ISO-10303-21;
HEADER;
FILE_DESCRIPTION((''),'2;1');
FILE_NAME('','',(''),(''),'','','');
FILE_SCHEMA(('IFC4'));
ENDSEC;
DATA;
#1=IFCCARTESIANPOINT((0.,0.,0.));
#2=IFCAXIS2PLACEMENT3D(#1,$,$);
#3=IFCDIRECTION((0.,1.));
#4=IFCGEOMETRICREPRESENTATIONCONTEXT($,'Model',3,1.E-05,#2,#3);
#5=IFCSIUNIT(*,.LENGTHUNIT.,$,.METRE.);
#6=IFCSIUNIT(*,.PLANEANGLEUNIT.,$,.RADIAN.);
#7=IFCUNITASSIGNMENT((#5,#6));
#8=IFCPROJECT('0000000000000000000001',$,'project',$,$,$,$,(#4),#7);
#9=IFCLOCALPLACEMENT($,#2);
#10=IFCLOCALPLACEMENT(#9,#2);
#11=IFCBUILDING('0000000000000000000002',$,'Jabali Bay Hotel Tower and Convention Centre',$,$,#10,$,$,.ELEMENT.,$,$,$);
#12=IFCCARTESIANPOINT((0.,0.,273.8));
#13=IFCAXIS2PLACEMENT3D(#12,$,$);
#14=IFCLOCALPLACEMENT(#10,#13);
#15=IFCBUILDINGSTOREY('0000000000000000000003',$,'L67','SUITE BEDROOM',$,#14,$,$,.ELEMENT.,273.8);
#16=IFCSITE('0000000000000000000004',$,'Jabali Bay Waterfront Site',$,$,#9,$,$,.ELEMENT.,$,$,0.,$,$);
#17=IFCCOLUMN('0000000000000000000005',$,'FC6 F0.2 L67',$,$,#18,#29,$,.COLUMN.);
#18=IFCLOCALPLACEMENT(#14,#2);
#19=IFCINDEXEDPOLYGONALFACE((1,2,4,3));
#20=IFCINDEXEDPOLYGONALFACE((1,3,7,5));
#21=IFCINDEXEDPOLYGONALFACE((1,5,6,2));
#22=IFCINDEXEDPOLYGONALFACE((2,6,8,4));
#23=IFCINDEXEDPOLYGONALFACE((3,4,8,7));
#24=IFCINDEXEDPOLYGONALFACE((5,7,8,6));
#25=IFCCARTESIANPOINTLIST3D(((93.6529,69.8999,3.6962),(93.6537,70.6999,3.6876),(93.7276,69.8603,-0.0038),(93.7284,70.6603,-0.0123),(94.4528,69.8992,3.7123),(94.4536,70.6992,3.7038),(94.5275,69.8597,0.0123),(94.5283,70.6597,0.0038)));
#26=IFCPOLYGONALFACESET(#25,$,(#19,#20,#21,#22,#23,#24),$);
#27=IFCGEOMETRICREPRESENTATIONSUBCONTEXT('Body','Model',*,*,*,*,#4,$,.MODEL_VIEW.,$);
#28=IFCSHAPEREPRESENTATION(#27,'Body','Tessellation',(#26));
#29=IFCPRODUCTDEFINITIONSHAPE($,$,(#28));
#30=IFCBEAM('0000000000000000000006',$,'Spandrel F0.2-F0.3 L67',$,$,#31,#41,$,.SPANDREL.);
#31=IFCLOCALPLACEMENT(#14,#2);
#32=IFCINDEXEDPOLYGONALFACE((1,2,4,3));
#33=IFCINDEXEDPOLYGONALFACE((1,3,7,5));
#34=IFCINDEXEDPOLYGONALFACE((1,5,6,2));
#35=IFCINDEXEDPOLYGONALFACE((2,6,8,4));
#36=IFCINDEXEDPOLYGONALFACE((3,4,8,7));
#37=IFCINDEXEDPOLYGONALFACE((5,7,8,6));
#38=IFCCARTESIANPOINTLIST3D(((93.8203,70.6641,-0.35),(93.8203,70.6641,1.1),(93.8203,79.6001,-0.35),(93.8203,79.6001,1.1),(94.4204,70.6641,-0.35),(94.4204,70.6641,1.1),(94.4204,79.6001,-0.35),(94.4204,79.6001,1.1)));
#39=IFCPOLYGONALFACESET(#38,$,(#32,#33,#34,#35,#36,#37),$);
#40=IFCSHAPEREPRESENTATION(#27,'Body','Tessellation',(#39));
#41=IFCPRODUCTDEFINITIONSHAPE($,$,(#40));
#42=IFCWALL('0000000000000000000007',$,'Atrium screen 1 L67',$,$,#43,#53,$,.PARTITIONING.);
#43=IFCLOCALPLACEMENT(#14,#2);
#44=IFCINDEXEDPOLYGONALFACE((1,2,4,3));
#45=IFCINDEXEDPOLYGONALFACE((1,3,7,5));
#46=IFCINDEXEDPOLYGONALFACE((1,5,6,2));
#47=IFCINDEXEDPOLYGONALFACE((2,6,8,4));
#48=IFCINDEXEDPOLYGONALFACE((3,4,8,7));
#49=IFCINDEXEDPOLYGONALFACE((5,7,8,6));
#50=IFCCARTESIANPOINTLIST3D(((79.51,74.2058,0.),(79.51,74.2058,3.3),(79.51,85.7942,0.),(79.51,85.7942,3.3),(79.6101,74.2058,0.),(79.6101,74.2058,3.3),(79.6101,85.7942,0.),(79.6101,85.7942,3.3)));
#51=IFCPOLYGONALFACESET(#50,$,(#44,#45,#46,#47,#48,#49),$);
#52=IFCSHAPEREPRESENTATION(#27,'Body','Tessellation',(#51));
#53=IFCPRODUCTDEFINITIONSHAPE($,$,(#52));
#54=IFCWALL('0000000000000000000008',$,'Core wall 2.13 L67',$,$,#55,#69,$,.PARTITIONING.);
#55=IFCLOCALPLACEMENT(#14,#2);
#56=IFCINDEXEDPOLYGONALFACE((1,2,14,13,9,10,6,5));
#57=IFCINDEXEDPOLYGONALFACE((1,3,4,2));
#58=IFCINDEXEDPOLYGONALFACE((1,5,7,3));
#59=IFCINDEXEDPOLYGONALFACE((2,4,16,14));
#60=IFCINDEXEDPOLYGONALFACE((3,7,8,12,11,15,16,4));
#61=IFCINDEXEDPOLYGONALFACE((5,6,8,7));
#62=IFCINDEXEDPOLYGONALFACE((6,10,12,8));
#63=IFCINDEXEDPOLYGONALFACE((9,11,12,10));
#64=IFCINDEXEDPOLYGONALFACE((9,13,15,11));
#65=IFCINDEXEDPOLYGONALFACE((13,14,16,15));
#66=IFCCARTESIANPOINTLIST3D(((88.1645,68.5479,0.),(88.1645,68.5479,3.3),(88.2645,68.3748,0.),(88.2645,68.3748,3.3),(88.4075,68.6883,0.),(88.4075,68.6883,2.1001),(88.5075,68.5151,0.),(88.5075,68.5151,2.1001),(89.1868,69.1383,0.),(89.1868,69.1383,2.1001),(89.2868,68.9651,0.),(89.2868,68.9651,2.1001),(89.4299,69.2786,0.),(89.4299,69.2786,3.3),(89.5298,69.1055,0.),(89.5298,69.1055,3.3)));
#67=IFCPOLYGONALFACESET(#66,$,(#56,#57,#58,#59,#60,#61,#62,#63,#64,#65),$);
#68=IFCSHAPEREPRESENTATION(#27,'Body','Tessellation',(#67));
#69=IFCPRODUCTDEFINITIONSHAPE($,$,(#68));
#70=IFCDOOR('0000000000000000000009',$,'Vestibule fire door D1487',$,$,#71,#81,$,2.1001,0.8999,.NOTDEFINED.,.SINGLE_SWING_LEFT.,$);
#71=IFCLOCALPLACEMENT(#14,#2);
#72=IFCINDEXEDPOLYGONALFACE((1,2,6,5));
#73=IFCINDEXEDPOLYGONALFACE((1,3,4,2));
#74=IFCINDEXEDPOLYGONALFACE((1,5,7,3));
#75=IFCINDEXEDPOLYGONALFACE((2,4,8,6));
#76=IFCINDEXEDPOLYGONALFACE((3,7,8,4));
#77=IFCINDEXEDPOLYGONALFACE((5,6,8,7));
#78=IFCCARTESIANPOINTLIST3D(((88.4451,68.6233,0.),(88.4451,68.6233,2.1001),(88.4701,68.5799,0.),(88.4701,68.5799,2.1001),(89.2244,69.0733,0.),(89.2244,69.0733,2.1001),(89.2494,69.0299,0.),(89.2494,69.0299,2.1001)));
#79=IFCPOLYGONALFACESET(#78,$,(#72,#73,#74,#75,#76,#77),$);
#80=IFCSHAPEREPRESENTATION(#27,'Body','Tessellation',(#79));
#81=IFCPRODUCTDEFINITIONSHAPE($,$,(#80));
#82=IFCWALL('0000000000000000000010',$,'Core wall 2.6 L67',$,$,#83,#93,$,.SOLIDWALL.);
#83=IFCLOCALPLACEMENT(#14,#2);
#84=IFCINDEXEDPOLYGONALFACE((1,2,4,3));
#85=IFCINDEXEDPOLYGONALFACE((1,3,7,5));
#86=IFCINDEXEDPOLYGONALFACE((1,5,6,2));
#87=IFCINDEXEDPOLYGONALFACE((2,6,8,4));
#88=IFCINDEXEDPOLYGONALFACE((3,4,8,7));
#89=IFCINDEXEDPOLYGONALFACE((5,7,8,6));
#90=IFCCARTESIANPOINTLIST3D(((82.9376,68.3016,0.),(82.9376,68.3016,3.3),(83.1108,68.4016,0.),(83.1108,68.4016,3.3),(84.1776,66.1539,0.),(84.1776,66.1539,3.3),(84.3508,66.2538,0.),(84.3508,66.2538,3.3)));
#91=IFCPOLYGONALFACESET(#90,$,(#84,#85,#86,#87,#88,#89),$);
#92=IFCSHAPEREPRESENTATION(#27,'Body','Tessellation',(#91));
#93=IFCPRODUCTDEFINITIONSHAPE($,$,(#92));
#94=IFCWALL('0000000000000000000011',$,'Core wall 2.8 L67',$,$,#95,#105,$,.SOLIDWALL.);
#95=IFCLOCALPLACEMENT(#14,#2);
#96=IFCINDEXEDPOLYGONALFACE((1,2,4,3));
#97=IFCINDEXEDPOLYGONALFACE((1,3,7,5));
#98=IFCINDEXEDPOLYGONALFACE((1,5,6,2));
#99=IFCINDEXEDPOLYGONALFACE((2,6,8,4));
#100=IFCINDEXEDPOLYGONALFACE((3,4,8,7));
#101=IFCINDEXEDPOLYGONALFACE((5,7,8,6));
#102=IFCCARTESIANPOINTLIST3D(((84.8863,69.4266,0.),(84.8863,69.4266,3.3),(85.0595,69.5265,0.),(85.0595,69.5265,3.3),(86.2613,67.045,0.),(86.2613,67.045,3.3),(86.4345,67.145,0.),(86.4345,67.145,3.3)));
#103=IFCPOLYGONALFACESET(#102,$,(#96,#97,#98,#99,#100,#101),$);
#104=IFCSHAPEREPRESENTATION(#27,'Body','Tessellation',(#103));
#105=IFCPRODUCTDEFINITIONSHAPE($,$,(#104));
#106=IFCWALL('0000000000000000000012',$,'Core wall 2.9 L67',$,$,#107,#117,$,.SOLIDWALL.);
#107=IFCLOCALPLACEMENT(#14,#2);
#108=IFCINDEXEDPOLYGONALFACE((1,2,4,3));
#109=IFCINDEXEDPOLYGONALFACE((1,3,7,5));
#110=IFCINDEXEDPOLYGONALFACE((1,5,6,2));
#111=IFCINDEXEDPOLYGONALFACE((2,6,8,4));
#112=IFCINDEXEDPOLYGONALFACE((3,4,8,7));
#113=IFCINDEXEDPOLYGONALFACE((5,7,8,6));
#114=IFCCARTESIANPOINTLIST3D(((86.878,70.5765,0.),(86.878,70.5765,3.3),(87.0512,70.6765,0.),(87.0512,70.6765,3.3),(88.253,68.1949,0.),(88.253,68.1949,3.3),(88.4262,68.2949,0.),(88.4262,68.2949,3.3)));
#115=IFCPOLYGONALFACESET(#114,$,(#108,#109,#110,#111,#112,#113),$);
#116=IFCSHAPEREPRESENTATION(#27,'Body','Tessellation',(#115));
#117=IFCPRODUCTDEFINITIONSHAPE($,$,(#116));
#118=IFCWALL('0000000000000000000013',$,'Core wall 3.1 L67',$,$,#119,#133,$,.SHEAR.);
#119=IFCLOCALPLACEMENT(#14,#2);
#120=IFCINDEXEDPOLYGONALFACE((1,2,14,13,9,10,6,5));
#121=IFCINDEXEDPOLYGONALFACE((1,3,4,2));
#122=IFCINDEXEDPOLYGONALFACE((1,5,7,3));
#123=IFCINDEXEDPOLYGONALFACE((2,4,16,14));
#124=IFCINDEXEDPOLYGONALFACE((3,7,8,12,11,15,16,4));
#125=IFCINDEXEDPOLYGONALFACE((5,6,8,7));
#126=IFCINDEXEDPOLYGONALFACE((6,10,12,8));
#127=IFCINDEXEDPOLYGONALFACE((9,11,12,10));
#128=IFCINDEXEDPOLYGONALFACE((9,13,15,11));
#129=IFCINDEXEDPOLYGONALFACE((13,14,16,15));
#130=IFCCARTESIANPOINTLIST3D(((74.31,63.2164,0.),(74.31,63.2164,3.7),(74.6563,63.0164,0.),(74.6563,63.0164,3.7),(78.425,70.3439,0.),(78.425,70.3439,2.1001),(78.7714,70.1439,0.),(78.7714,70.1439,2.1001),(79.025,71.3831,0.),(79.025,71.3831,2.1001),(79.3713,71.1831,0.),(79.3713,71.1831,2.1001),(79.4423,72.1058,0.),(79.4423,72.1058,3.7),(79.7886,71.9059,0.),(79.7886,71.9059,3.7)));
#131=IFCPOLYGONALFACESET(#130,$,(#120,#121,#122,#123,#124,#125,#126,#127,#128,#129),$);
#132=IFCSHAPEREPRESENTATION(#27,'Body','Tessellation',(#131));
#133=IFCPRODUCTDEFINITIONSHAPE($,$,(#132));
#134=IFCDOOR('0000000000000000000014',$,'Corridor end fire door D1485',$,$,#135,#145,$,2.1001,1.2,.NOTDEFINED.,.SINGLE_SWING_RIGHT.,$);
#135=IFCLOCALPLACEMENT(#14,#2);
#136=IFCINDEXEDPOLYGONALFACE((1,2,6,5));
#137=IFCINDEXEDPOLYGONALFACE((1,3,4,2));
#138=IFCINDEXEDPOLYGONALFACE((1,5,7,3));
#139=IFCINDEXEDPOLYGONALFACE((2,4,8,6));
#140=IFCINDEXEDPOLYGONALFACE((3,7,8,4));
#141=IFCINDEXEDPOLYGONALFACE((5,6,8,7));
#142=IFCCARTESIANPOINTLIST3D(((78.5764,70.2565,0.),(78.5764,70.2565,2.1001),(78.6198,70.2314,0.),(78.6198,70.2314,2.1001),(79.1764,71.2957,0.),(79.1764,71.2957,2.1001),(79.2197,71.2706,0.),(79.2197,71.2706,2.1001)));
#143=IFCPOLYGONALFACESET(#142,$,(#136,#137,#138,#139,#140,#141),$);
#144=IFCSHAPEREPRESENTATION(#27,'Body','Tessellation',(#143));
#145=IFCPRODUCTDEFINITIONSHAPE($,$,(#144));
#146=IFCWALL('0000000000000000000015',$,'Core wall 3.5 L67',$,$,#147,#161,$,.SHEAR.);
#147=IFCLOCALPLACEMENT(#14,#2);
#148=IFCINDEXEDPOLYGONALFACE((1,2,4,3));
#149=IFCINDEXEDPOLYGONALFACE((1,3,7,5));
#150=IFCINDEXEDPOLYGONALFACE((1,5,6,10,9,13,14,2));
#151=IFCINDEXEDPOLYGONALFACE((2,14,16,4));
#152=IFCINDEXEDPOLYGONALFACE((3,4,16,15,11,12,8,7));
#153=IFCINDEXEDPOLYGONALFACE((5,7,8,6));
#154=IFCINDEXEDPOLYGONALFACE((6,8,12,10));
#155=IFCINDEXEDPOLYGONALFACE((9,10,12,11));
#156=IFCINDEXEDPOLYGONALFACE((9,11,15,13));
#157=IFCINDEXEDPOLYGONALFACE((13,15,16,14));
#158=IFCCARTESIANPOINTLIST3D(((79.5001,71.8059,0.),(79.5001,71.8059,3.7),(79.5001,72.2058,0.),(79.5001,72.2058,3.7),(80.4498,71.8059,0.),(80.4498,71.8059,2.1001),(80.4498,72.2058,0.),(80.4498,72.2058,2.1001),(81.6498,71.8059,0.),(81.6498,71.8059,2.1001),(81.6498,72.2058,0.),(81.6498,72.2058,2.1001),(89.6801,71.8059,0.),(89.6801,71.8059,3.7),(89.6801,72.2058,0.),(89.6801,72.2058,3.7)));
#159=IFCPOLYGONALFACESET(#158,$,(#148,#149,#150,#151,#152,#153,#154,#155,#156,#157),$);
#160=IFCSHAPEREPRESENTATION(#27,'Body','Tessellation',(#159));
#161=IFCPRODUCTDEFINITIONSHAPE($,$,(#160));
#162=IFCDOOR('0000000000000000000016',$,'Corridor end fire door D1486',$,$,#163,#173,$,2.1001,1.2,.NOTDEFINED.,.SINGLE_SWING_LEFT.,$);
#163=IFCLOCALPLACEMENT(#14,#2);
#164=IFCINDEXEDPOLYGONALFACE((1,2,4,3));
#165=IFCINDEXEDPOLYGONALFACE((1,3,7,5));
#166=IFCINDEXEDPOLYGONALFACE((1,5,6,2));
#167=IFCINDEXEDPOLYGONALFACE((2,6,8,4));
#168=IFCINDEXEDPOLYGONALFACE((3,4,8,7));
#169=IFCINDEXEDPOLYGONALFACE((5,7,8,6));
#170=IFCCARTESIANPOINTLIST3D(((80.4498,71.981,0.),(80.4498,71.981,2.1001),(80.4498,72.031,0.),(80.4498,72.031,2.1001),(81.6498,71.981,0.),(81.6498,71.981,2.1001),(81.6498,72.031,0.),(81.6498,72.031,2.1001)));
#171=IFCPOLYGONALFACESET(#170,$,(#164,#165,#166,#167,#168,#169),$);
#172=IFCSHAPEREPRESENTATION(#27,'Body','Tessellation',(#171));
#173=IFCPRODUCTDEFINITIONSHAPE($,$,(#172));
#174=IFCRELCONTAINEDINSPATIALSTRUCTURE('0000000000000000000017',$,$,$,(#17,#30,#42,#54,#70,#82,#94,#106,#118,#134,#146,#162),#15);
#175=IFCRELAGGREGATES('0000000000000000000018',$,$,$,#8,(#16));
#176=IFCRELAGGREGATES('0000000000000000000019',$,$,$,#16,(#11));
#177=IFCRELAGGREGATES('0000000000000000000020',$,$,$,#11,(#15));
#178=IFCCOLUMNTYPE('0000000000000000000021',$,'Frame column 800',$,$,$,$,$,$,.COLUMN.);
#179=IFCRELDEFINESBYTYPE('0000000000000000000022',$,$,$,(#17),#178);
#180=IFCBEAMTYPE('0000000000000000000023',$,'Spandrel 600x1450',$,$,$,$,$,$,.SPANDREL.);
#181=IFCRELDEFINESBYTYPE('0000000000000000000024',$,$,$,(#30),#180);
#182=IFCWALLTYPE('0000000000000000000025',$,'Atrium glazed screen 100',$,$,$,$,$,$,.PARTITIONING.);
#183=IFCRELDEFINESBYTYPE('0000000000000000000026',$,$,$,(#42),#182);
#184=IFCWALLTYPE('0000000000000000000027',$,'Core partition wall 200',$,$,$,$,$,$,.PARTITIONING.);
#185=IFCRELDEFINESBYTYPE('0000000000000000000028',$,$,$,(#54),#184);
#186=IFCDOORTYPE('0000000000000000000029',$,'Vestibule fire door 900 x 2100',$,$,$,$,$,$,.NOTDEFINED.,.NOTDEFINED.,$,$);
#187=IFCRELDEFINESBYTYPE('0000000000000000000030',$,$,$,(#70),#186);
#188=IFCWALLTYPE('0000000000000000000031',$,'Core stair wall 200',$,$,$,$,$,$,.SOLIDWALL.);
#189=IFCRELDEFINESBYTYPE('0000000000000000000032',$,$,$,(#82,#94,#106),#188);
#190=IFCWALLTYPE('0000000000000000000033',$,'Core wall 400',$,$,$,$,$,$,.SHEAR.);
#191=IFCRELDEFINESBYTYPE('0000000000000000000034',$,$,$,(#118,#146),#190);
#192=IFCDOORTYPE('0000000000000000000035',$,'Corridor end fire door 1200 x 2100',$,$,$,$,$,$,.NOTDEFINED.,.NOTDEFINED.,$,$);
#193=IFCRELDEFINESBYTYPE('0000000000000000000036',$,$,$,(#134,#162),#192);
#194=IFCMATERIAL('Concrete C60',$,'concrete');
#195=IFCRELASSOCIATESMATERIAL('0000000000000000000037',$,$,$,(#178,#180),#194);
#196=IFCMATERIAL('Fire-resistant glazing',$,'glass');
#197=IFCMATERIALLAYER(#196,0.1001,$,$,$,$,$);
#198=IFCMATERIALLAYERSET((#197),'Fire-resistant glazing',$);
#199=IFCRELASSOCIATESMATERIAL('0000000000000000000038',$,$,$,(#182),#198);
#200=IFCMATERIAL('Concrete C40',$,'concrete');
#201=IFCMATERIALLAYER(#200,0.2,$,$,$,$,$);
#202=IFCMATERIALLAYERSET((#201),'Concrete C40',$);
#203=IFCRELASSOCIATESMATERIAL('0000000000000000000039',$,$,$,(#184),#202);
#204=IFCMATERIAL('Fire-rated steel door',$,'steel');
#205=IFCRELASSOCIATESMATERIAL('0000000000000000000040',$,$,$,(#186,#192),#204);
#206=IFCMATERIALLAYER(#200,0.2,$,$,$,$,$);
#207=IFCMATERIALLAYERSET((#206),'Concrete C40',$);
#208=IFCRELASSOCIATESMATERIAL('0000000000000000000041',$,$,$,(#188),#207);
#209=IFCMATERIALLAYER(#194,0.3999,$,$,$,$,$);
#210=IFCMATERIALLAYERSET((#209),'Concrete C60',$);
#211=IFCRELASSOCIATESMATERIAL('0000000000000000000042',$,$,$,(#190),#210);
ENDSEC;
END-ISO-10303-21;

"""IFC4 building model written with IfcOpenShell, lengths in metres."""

from ifc_helpers import new_model, si_unit, direction, frame, frame_2d, origin, origin_2d, place, context, subcontext, project, spatial, rectangle, extrude, material, layer, layer_set, material_profile, profile_set, type_object, element, fill, save


model = new_model("IFC4")

# Units and contexts
model_context = context("Model", 3, precision=1e-05, world=origin(), true_north=direction((0.0, 1.0)))
body_context = subcontext(model_context, "Body", "Model", "MODEL_VIEW")
ifc_project = project(units=[si_unit("LENGTHUNIT", "METRE"), si_unit("PLANEANGLEUNIT", "RADIAN")], contexts=[model_context])

# Site, building, storey
site_placement = place(None, origin())
site = spatial("IfcSite", under=ifc_project, at=site_placement, Name="Jabali Bay Waterfront Site", CompositionType="ELEMENT", RefElevation=0.0)
building_placement = place(site_placement, origin())
building = spatial("IfcBuilding", under=site, at=building_placement, Name="Jabali Bay Hotel Tower and Convention Centre", CompositionType="ELEMENT")
storey_placement = place(building_placement, frame((0.0, 0.0, 273.8)))
storey = spatial("IfcBuildingStorey", under=building, at=storey_placement, Name="L67", Description="SUITE BEDROOM", CompositionType="ELEMENT", Elevation=273.8)

# Column
ifc_material_1 = material(Name="Concrete C60", Category="concrete")
ifc_material_profile_1 = material_profile(ifc_material_1, rectangle(XDim=0.8, YDim=0.8, at=origin_2d()), Name="Frame column 800")
ifc_profile_set_1 = profile_set([ifc_material_profile_1], Name="Concrete C60")
column_type = type_object("IfcColumnType", Name="Frame column 800", PredefinedType="COLUMN", material=ifc_profile_set_1)
column_placement = place(storey_placement, frame((94.1279, 70.26, 0.0), z_axis=(-0.020186, 0.010687, 0.999739), x_axis=(-0.001023, -0.999943, 0.010668)))
element("IfcColumn", 1, at=column_placement, inside=storey, type_object=column_type, Name="FC6 F0.2 L67", PredefinedType="COLUMN", context=body_context, shape_type="SweptSolid", body=[
    extrude(rectangle(XDim=0.8, YDim=0.8, at=origin_2d()), origin(), (0.0, 0.0, 1.0), 3.7009),
])

# Beam
ifc_material_profile_2 = material_profile(ifc_material_1, rectangle(XDim=0.6001, YDim=1.45, at=origin_2d()), Name="Spandrel 600x1450")
ifc_profile_set_2 = profile_set([ifc_material_profile_2], Name="Concrete C60")
beam_type = type_object("IfcBeamType", Name="Spandrel 600x1450", PredefinedType="SPANDREL", material=ifc_profile_set_2)
beam_placement = place(storey_placement, frame((94.1204, 70.6641, 0.375), z_axis=(0.0, 1.0, 0.0), x_axis=(-1.0, 0.0, 0.0)))
element("IfcBeam", 2, at=beam_placement, inside=storey, type_object=beam_type, Name="Spandrel F0.2-F0.3 L67", PredefinedType="SPANDREL", context=body_context, shape_type="SweptSolid", body=[
    extrude(rectangle(XDim=0.6001, YDim=1.45, at=origin_2d()), origin(), (0.0, 0.0, 1.0), 8.936),
])

# Wall
ifc_material_2 = material(Name="Fire-resistant glazing", Category="glass")
ifc_layer_1 = layer(ifc_material_2, 0.1001)
ifc_layer_set_1 = layer_set([ifc_layer_1], Name="Fire-resistant glazing")
wall_type_1 = type_object("IfcWallType", Name="Atrium glazed screen 100", PredefinedType="PARTITIONING", material=ifc_layer_set_1)
wall_1_placement = place(storey_placement, frame((79.5601, 74.2058, 0.0), z_axis=(0.0, 0.0, 1.0), x_axis=(0.0, 1.0, 0.0)))
element("IfcWall", 3, at=wall_1_placement, inside=storey, type_object=wall_type_1, Name="Atrium screen 1 L67", PredefinedType="PARTITIONING", context=body_context, shape_type="SweptSolid", body=[
    extrude(rectangle(XDim=11.5884, YDim=0.1001, at=frame_2d((5.7942, 0.0))), origin(), (0.0, 0.0, 1.0), 3.3),
])

# Wall, opening, door
ifc_material_3 = material(Name="Concrete C40", Category="concrete")
ifc_layer_2 = layer(ifc_material_3, 0.2)
ifc_layer_set_2 = layer_set([ifc_layer_2], Name="Concrete C40")
wall_type_2 = type_object("IfcWallType", Name="Core partition wall 200", PredefinedType="PARTITIONING", material=ifc_layer_set_2)
wall_2_placement = place(storey_placement, frame((88.2146, 68.4614, 0.0), z_axis=(0.0, 0.0, 1.0), x_axis=(0.865982, 0.500074, 0.0)))
wall_2 = element("IfcWall", 4, at=wall_2_placement, inside=storey, type_object=wall_type_2, Name="Core wall 2.13 L67", PredefinedType="PARTITIONING", context=body_context, shape_type="SweptSolid", body=[
    extrude(rectangle(XDim=1.4612, YDim=0.2, at=frame_2d((0.7305, 0.0))), origin(), (0.0, 0.0, 1.0), 3.3),
])
opening_1_placement = place(wall_2_placement, frame((0.2805, 0.0, 0.0)))
opening_1 = element("IfcOpeningElement", 5, at=opening_1_placement, cuts=wall_2, PredefinedType="OPENING", context=body_context, shape_type="SweptSolid", body=[
    extrude(rectangle(XDim=0.8999, YDim=2.1001, at=frame_2d((0.45, 1.05))), frame((0.0, 0.1104, 0.0), z_axis=(0.0, -1.0, 0.0), x_axis=(1.0, 0.0, 0.0)), (0.0, 0.0, 1.0), 0.2209),
])
ifc_material_4 = material(Name="Fire-rated steel door", Category="steel")
door_type_1 = type_object("IfcDoorType", Name="Vestibule fire door 900 x 2100", OperationType="NOTDEFINED", PredefinedType="NOTDEFINED", material=ifc_material_4)
door_1_placement = place(opening_1_placement, origin())
door_1 = element("IfcDoor", 6, at=door_1_placement, inside=storey, type_object=door_type_1, Name="Vestibule fire door D1487", OperationType="SINGLE_SWING_LEFT", OverallHeight=2.1001, OverallWidth=0.8999, PredefinedType="NOTDEFINED", context=body_context, shape_type="SweptSolid", body=[
    extrude(rectangle(XDim=0.8999, YDim=2.1001, at=frame_2d((0.45, 1.05))), frame((0.0, 0.0249, 0.0), z_axis=(0.0, -1.0, 0.0), x_axis=(1.0, 0.0, 0.0)), (0.0, 0.0, 1.0), 0.05),
])
fill(opening_1, door_1)

# Walls
ifc_layer_3 = layer(ifc_material_3, 0.2)
ifc_layer_set_3 = layer_set([ifc_layer_3], Name="Concrete C40")
wall_type_3 = type_object("IfcWallType", Name="Core stair wall 200", PredefinedType="SOLIDWALL", material=ifc_layer_set_3)
wall_3_placement = place(storey_placement, frame((83.0242, 68.3516, 0.0), z_axis=(0.0, 0.0, 1.0), x_axis=(0.500004, -0.866023, 0.0)))
element("IfcWall", 7, at=wall_3_placement, inside=storey, type_object=wall_type_3, Name="Core wall 2.6 L67", PredefinedType="SOLIDWALL", context=body_context, shape_type="SweptSolid", body=[
    extrude(rectangle(XDim=2.48, YDim=0.2, at=frame_2d((1.24, 0.0))), origin(), (0.0, 0.0, 1.0), 3.3),
])
for number, where, z_axis, x_axis, name in (
    (8, (84.9729, 69.4766, 0.0), (0.0, 0.0, 1.0), (0.499997, -0.866027, 0.0), "Core wall 2.8 L67"),
    (9, (86.9646, 70.6265, 0.0), (0.0, 0.0, 1.0), (0.499997, -0.866027, 0.0), "Core wall 2.9 L67"),
):
    element("IfcWall", number, at=place(storey_placement, frame(where, z_axis=z_axis, x_axis=x_axis)), inside=storey, type_object=wall_type_3, Name=name, PredefinedType="SOLIDWALL", context=body_context, shape_type="SweptSolid", body=[
        extrude(rectangle(XDim=2.75, YDim=0.2, at=frame_2d((1.375, 0.0))), origin(), (0.0, 0.0, 1.0), 3.3),
    ])

# Walls, openings, doors
ifc_layer_4 = layer(ifc_material_1, 0.3999)
ifc_layer_set_4 = layer_set([ifc_layer_4], Name="Concrete C60")
wall_type_4 = type_object("IfcWallType", Name="Core wall 400", PredefinedType="SHEAR", material=ifc_layer_set_4)
wall_4_placement = place(storey_placement, frame((79.6155, 72.0059, 0.0), z_axis=(0.0, 0.0, 1.0), x_axis=(-0.500002, -0.866024, 0.0)))
wall_4 = element("IfcWall", 10, at=wall_4_placement, inside=storey, type_object=wall_type_4, Name="Core wall 3.1 L67", PredefinedType="SHEAR", context=body_context, shape_type="SweptSolid", body=[
    extrude(rectangle(XDim=10.2646, YDim=0.3999, at=frame_2d((5.1323, 0.0))), origin(), (0.0, 0.0, 1.0), 3.7),
])
opening_2_placement = place(wall_4_placement, frame((0.8345, 0.0, 0.0)))
opening_2 = element("IfcOpeningElement", 11, at=opening_2_placement, cuts=wall_4, PredefinedType="OPENING", context=body_context, shape_type="SweptSolid", body=[
    extrude(rectangle(XDim=1.2, YDim=2.1001, at=frame_2d((0.6001, 1.05))), frame((0.0, 0.2104, 0.0), z_axis=(0.0, -1.0, 0.0), x_axis=(1.0, 0.0, 0.0)), (0.0, 0.0, 1.0), 0.4209),
])
door_type_2 = type_object("IfcDoorType", Name="Corridor end fire door 1200 x 2100", OperationType="NOTDEFINED", PredefinedType="NOTDEFINED", material=ifc_material_4)
door_2_placement = place(opening_2_placement, origin())
door_2 = element("IfcDoor", 12, at=door_2_placement, inside=storey, type_object=door_type_2, Name="Corridor end fire door D1485", OperationType="SINGLE_SWING_RIGHT", OverallHeight=2.1001, OverallWidth=1.2, PredefinedType="NOTDEFINED", context=body_context, shape_type="SweptSolid", body=[
    extrude(rectangle(XDim=1.2, YDim=2.1001, at=frame_2d((0.6001, 1.05))), frame((0.0, 0.0249, 0.0), z_axis=(0.0, -1.0, 0.0), x_axis=(1.0, 0.0, 0.0)), (0.0, 0.0, 1.0), 0.05),
])
fill(opening_2, door_2)
wall_5_placement = place(storey_placement, frame((89.6799, 72.0059, 0.0), z_axis=(0.0, 0.0, 1.0), x_axis=(-1.0, 0.0, 0.0)))
wall_5 = element("IfcWall", 13, at=wall_5_placement, inside=storey, type_object=wall_type_4, Name="Core wall 3.5 L67", PredefinedType="SHEAR", context=body_context, shape_type="SweptSolid", body=[
    extrude(rectangle(XDim=10.1799, YDim=0.3999, at=frame_2d((5.0898, 0.0))), origin(), (0.0, 0.0, 1.0), 3.7),
])
opening_3_placement = place(wall_5_placement, frame((8.03, 0.0, 0.0)))
opening_3 = element("IfcOpeningElement", 14, at=opening_3_placement, cuts=wall_5, PredefinedType="OPENING", context=body_context, shape_type="SweptSolid", body=[
    extrude(rectangle(XDim=1.2, YDim=2.1001, at=frame_2d((0.6001, 1.05))), frame((0.0, 0.2104, 0.0), z_axis=(0.0, -1.0, 0.0), x_axis=(1.0, 0.0, 0.0)), (0.0, 0.0, 1.0), 0.4209),
])
door_3_placement = place(opening_3_placement, origin())
door_3 = element("IfcDoor", 15, at=door_3_placement, inside=storey, type_object=door_type_2, Name="Corridor end fire door D1486", OperationType="SINGLE_SWING_LEFT", OverallHeight=2.1001, OverallWidth=1.2, PredefinedType="NOTDEFINED", context=body_context, shape_type="SweptSolid", body=[
    extrude(rectangle(XDim=1.2, YDim=2.1001, at=frame_2d((0.6001, 1.05))), frame((0.0, 0.0249, 0.0), z_axis=(0.0, -1.0, 0.0), x_axis=(1.0, 0.0, 0.0)), (0.0, 0.0, 1.0), 0.05),
])
fill(opening_3, door_3)

save(model, "model.ifc")
